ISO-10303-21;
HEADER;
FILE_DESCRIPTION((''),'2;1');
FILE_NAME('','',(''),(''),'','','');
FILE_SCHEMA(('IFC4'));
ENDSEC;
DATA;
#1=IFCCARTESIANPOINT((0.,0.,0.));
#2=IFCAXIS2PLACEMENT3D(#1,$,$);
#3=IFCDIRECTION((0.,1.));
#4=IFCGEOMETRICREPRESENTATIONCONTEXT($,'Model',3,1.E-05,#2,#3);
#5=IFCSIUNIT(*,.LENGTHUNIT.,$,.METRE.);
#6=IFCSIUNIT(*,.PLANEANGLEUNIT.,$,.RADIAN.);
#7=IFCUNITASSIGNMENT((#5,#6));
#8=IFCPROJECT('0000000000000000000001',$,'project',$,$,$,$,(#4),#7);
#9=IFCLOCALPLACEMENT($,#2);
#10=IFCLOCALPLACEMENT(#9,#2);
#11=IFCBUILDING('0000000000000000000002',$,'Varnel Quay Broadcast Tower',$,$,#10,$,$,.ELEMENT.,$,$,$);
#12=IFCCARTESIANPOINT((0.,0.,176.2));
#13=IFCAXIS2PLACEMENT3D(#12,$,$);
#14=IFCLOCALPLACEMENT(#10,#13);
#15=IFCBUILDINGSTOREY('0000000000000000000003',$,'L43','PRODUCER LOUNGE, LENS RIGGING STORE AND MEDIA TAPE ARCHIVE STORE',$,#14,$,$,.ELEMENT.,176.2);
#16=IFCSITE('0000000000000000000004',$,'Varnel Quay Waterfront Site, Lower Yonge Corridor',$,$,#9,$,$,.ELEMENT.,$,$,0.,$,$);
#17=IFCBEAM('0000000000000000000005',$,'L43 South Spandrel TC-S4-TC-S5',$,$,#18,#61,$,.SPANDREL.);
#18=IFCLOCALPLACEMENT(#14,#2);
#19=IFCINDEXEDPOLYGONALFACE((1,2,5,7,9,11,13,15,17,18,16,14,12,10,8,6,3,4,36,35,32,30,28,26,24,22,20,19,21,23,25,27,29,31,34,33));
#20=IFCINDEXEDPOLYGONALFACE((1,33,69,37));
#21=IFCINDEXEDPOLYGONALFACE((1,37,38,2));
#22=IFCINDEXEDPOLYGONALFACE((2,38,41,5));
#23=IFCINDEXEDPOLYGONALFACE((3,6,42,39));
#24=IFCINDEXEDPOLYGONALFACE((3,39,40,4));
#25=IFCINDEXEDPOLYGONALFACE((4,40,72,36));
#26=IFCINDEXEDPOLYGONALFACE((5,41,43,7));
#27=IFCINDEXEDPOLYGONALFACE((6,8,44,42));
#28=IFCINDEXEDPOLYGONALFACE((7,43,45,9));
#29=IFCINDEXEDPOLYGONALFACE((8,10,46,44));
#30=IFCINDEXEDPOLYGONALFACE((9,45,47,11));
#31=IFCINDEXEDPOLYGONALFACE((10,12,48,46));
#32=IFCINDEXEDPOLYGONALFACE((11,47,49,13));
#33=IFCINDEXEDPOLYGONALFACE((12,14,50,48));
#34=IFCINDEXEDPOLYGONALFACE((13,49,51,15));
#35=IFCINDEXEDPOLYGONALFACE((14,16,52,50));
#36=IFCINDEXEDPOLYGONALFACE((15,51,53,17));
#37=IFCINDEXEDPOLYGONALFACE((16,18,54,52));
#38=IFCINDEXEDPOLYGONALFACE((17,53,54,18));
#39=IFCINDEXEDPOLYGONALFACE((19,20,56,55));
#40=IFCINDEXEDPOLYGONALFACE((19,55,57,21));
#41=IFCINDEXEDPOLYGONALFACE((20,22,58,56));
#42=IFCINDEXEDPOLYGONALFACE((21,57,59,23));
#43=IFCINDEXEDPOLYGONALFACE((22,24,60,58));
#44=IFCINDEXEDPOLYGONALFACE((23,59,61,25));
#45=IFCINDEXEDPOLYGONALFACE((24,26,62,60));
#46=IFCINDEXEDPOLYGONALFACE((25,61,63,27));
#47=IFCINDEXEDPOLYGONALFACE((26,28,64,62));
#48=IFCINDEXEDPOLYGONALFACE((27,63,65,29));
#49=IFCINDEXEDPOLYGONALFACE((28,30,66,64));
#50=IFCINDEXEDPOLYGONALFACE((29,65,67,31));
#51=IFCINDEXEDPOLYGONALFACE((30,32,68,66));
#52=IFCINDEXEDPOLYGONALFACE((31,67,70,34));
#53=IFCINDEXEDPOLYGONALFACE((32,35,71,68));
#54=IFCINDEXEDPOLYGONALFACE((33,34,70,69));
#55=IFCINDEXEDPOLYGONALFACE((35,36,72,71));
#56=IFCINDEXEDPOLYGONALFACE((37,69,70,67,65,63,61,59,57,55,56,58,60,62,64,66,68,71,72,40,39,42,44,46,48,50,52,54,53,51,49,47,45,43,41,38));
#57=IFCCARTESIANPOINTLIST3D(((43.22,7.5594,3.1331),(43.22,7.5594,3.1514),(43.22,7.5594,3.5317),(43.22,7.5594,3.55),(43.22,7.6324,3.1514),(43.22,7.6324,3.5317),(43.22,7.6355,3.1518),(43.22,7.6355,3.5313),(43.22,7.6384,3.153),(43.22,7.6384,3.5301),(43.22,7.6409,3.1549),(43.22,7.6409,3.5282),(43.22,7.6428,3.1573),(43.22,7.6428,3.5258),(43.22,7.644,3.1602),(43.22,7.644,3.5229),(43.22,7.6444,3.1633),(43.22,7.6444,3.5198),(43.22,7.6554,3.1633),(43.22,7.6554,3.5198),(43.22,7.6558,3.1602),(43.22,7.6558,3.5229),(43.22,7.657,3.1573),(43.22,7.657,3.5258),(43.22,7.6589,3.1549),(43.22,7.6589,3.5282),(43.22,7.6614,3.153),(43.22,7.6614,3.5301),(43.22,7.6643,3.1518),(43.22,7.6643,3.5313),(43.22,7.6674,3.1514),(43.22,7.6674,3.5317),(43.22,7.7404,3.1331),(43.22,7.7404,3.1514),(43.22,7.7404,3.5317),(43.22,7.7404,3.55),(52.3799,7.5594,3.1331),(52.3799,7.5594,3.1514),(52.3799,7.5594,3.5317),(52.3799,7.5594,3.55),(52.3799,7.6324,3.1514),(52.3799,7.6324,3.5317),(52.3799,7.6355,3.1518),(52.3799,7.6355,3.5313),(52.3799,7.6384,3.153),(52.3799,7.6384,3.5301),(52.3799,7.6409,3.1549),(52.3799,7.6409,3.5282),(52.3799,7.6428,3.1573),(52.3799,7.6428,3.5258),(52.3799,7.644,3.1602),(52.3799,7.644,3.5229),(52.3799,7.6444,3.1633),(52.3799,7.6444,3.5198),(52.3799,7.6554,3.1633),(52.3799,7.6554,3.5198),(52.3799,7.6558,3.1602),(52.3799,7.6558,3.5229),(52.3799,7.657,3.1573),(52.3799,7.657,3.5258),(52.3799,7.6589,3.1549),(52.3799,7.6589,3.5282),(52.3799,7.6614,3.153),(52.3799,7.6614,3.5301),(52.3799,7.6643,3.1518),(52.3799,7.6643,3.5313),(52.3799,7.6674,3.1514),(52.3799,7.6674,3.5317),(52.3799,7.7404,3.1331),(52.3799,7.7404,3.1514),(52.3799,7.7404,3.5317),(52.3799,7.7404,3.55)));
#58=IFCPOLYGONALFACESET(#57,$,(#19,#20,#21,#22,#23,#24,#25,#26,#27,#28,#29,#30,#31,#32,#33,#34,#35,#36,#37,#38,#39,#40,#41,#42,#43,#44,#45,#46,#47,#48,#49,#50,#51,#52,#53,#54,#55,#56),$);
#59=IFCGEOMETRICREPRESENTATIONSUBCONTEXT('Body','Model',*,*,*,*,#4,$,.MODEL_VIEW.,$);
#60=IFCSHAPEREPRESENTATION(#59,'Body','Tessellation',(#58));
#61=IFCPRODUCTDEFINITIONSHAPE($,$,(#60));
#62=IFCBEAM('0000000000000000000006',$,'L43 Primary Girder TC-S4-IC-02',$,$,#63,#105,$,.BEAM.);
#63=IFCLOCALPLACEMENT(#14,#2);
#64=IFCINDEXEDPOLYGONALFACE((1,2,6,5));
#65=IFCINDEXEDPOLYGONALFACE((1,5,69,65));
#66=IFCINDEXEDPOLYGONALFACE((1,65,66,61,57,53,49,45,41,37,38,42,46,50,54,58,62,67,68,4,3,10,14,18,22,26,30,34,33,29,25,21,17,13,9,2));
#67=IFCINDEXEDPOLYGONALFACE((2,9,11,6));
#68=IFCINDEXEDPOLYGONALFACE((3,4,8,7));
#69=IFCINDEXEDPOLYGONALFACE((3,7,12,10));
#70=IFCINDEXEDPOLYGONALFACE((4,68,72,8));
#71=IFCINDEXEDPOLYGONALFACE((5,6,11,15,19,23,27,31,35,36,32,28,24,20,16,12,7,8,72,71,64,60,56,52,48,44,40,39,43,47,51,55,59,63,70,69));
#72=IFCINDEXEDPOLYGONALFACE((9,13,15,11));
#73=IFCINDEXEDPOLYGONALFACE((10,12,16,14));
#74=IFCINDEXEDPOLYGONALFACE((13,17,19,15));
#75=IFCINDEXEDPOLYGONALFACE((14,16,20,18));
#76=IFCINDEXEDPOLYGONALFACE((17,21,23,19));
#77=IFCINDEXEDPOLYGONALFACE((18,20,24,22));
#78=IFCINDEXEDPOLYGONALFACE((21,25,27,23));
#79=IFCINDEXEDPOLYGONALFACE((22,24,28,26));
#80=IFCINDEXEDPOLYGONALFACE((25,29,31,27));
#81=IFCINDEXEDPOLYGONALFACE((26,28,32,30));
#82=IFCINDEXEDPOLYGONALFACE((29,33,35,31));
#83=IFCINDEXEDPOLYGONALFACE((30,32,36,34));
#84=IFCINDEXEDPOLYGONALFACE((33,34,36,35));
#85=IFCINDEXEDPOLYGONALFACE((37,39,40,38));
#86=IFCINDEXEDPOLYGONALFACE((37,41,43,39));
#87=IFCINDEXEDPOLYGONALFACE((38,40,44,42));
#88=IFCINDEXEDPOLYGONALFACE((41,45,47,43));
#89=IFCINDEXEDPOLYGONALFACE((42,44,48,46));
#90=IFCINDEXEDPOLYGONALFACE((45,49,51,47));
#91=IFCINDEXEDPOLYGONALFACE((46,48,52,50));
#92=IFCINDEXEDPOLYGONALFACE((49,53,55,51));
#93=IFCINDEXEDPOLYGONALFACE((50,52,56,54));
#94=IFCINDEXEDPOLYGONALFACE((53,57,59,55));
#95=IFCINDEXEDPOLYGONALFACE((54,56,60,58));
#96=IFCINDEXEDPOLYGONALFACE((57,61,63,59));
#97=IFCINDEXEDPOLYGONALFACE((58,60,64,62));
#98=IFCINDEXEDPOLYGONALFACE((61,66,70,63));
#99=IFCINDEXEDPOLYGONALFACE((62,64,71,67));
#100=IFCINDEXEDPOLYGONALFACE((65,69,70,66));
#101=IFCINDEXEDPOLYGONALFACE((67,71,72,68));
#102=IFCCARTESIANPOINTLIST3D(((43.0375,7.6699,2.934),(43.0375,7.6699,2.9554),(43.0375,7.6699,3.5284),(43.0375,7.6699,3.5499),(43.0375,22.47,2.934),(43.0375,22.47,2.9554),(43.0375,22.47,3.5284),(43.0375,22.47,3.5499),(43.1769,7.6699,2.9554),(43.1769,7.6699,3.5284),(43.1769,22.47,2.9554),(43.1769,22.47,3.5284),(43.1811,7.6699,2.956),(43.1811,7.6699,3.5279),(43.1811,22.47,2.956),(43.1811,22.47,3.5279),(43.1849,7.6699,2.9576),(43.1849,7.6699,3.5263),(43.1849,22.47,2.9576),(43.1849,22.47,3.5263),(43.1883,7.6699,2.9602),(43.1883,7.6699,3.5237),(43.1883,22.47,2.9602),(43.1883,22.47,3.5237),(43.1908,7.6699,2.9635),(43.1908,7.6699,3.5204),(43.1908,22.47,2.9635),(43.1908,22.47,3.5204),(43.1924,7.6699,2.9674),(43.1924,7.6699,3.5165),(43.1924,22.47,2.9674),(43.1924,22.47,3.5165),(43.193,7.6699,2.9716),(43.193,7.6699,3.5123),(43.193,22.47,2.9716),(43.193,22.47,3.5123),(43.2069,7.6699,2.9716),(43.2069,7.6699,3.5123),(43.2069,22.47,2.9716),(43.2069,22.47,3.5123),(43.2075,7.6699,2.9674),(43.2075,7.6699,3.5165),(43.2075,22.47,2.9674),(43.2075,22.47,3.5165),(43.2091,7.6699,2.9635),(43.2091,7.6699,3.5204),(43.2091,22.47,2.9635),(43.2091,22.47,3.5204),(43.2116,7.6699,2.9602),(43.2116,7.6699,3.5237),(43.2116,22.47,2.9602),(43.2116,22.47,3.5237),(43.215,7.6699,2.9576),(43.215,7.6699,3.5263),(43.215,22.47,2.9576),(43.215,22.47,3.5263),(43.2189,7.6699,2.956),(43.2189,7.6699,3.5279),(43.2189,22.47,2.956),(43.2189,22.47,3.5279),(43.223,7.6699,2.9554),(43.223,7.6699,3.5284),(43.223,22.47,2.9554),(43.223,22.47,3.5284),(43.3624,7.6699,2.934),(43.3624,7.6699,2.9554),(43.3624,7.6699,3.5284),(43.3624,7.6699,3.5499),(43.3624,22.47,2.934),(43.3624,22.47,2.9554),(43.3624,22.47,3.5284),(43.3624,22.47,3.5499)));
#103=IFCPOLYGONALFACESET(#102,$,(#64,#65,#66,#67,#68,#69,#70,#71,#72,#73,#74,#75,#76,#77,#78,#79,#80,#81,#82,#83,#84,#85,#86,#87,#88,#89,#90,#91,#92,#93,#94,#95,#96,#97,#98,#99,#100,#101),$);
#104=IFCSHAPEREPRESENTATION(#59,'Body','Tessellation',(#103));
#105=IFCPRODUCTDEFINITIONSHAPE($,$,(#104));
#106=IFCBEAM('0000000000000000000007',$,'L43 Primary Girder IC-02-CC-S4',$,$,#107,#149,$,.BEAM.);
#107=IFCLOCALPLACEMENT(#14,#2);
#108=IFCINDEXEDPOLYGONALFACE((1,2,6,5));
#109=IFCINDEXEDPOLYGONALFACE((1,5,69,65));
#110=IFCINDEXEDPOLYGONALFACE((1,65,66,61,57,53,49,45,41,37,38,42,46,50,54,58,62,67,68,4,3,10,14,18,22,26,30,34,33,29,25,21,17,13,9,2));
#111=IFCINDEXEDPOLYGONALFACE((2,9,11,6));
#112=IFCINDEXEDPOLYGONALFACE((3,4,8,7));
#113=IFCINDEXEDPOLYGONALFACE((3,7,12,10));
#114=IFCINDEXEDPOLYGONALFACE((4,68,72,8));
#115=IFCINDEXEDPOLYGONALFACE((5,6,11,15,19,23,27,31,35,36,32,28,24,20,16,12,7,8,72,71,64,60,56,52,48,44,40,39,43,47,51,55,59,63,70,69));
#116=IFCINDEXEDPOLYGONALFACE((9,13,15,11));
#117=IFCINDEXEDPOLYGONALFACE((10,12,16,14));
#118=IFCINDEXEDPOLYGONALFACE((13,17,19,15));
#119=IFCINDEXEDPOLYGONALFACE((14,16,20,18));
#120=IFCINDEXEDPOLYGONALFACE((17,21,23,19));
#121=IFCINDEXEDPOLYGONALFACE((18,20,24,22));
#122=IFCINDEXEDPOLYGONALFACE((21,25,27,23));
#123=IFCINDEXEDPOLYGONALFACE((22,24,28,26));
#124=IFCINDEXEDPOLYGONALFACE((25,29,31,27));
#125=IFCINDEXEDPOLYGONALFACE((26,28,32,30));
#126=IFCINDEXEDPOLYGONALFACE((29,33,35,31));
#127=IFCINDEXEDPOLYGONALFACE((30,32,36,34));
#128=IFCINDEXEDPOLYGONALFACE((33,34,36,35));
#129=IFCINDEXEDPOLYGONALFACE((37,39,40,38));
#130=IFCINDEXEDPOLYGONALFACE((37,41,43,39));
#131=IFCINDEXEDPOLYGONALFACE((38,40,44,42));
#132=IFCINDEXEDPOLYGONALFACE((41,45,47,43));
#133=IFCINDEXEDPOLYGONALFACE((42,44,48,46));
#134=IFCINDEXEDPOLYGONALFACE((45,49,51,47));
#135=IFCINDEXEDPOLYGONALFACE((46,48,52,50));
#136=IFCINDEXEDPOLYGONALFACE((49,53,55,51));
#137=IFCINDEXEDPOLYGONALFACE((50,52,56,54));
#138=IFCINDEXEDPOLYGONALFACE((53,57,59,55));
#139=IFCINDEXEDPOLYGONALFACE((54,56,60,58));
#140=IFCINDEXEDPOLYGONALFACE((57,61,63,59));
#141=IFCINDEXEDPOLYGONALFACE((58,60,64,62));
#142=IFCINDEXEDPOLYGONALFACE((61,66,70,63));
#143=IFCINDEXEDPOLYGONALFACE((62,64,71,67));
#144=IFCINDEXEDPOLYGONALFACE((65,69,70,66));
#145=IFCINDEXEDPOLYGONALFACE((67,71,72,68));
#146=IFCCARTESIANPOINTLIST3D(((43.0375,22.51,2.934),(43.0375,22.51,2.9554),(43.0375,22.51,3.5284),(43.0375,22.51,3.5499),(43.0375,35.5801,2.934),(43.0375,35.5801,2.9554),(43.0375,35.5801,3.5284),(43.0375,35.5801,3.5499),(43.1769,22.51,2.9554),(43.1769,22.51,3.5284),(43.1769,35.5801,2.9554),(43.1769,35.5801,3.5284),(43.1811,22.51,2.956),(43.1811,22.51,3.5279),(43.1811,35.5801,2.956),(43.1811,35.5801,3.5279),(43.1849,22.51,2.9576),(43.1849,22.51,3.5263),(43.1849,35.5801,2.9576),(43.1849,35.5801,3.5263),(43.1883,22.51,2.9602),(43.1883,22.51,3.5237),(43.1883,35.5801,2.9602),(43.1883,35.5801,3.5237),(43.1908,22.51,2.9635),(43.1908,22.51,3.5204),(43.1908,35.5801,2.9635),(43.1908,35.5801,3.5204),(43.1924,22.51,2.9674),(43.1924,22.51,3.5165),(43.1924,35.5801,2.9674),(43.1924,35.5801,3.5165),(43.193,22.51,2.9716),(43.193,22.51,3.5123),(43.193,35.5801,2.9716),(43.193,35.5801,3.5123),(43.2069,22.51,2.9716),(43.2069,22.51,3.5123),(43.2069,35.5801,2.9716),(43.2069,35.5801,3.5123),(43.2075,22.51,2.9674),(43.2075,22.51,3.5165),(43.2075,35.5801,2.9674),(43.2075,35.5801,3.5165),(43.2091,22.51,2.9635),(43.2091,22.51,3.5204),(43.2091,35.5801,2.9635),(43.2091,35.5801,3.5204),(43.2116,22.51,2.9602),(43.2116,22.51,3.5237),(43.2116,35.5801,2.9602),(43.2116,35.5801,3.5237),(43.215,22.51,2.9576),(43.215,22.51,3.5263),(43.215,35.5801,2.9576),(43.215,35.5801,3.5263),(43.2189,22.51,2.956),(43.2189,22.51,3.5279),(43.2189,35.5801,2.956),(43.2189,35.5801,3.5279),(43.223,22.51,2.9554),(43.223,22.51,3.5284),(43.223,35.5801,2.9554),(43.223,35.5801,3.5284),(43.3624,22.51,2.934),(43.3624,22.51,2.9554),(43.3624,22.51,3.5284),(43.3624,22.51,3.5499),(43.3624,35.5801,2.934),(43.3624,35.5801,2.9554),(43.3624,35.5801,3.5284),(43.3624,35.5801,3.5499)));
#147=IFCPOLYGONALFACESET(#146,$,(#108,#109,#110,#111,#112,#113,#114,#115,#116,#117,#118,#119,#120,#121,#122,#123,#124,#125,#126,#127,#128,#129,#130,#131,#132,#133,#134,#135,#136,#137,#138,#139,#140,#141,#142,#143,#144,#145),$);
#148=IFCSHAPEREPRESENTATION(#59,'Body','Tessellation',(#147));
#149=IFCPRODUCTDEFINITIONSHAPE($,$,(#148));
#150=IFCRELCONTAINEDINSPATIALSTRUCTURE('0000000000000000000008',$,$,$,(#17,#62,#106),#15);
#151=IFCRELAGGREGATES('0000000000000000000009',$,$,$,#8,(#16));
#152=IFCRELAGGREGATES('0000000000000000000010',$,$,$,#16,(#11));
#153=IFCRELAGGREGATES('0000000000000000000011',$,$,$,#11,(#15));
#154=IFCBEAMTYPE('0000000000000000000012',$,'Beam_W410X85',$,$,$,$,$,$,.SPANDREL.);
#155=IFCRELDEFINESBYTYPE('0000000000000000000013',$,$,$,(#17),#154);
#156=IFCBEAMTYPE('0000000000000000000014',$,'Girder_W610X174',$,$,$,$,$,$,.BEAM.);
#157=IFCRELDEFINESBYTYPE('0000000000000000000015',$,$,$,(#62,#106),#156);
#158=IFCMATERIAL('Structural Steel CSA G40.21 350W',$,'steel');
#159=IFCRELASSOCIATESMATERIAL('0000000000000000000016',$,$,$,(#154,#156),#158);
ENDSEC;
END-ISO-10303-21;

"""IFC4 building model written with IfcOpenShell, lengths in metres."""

from ifc_helpers import new_model, si_unit, direction, frame, origin, origin_2d, place, context, subcontext, project, spatial, i_section, extrude, source, transform, mapped, material, material_profile, profile_set, type_object, type_shapes, element, save


model = new_model("IFC4")

# Units and contexts
model_context = context("Model", 3, precision=1e-05, world=origin(), true_north=direction((0.0, 1.0)))
body_context = subcontext(model_context, "Body", "Model", "MODEL_VIEW")
ifc_project = project(units=[si_unit("LENGTHUNIT", "METRE"), si_unit("PLANEANGLEUNIT", "RADIAN")], contexts=[model_context])

# Site, building, storey
site_placement = place(None, origin())
site = spatial("IfcSite", under=ifc_project, at=site_placement, Name="Varnel Quay Waterfront Site, Lower Yonge Corridor", CompositionType="ELEMENT", RefElevation=0.0)
building_placement = place(site_placement, origin())
building = spatial("IfcBuilding", under=site, at=building_placement, Name="Varnel Quay Broadcast Tower", CompositionType="ELEMENT")
storey_placement = place(building_placement, frame((0.0, 0.0, 176.2)))
storey = spatial("IfcBuildingStorey", under=building, at=storey_placement, Name="L43", Description="PRODUCER LOUNGE, LENS RIGGING STORE AND MEDIA TAPE ARCHIVE STORE", CompositionType="ELEMENT", Elevation=176.2)

# Shared definitions
ifc_material_1 = material(Name="Structural Steel CSA G40.21 350W", Category="steel")

# Beams
ifc_material_profile_1 = material_profile(ifc_material_1, i_section(OverallWidth=0.1809, OverallDepth=0.417, WebThickness=0.011, FlangeThickness=0.0183, FilletRadius=0.012, at=origin_2d()), Name="W410X85")
ifc_profile_set_1 = profile_set([ifc_material_profile_1], Name="Structural Steel CSA G40.21 350W")
beam_type_1 = type_object("IfcBeamType", Name="Beam_W410X85", PredefinedType="SPANDREL", material=ifc_profile_set_1)
shared_shape_1 = source(origin(), body_context, "Body", "SweptSolid", [
    extrude(i_section(OverallWidth=0.1809, OverallDepth=0.417, WebThickness=0.011, FlangeThickness=0.0183, FilletRadius=0.012, at=origin_2d()), origin(), (0.0, 0.0, 1.0), 9.1599),
])
type_shapes(beam_type_1, [shared_shape_1])
for number, where, z_axis, x_axis, name in (
    (1, (43.22, 7.6499, 3.3416), (1.0, 0.0, 0.0), (0.0, 1.0, 0.0), "L43 South Spandrel TC-S4-TC-S5"),
):
    element("IfcBeam", number, at=place(storey_placement, frame(where, z_axis=z_axis, x_axis=x_axis)), inside=storey, type_object=beam_type_1, Name=name, PredefinedType="SPANDREL", context=body_context, shape_type="MappedRepresentation", body=[
        mapped(shared_shape_1, transform((0.0, 0.0, 0.0), x_axis=(1.0, 0.0, 0.0), y_axis=(0.0, 1.0, 0.0), z_axis=(0.0, 0.0, 1.0), scale=1.0)),
    ])
ifc_material_profile_2 = material_profile(ifc_material_1, i_section(OverallWidth=0.325, OverallDepth=0.616, WebThickness=0.0139, FlangeThickness=0.0215, FilletRadius=0.0161, at=origin_2d()), Name="W610X174")
ifc_profile_set_2 = profile_set([ifc_material_profile_2], Name="Structural Steel CSA G40.21 350W")
beam_type_2 = type_object("IfcBeamType", Name="Girder_W610X174", PredefinedType="BEAM", material=ifc_profile_set_2)
shared_shape_2 = source(origin(), body_context, "Body", "SweptSolid", [
    extrude(i_section(OverallWidth=0.325, OverallDepth=0.616, WebThickness=0.0139, FlangeThickness=0.0215, FilletRadius=0.0161, at=origin_2d()), origin(), (0.0, 0.0, 1.0), 14.8),
])
beam_1_placement = place(storey_placement, frame((43.2, 7.6699, 3.2419), z_axis=(0.0, 1.0, 0.0), x_axis=(-1.0, 0.0, 0.0)))
element("IfcBeam", 2, at=beam_1_placement, inside=storey, type_object=beam_type_2, Name="L43 Primary Girder TC-S4-IC-02", PredefinedType="BEAM", context=body_context, shape_type="MappedRepresentation", body=[
    mapped(shared_shape_2, transform((0.0, 0.0, 0.0), x_axis=(1.0, 0.0, 0.0), y_axis=(0.0, 1.0, 0.0), z_axis=(0.0, 0.0, 1.0), scale=1.0)),
])
shared_shape_3 = source(origin(), body_context, "Body", "SweptSolid", [
    extrude(i_section(OverallWidth=0.325, OverallDepth=0.616, WebThickness=0.0139, FlangeThickness=0.0215, FilletRadius=0.0161, at=origin_2d()), origin(), (0.0, 0.0, 1.0), 13.0701),
])
beam_2_placement = place(storey_placement, frame((43.2, 22.51, 3.2419), z_axis=(0.0, 1.0, 0.0), x_axis=(-1.0, 0.0, 0.0)))
element("IfcBeam", 3, at=beam_2_placement, inside=storey, type_object=beam_type_2, Name="L43 Primary Girder IC-02-CC-S4", PredefinedType="BEAM", context=body_context, shape_type="MappedRepresentation", body=[
    mapped(shared_shape_3, transform((0.0, 0.0, 0.0), x_axis=(1.0, 0.0, 0.0), y_axis=(0.0, 1.0, 0.0), z_axis=(0.0, 0.0, 1.0), scale=1.0)),
])

save(model, "model.ifc")
